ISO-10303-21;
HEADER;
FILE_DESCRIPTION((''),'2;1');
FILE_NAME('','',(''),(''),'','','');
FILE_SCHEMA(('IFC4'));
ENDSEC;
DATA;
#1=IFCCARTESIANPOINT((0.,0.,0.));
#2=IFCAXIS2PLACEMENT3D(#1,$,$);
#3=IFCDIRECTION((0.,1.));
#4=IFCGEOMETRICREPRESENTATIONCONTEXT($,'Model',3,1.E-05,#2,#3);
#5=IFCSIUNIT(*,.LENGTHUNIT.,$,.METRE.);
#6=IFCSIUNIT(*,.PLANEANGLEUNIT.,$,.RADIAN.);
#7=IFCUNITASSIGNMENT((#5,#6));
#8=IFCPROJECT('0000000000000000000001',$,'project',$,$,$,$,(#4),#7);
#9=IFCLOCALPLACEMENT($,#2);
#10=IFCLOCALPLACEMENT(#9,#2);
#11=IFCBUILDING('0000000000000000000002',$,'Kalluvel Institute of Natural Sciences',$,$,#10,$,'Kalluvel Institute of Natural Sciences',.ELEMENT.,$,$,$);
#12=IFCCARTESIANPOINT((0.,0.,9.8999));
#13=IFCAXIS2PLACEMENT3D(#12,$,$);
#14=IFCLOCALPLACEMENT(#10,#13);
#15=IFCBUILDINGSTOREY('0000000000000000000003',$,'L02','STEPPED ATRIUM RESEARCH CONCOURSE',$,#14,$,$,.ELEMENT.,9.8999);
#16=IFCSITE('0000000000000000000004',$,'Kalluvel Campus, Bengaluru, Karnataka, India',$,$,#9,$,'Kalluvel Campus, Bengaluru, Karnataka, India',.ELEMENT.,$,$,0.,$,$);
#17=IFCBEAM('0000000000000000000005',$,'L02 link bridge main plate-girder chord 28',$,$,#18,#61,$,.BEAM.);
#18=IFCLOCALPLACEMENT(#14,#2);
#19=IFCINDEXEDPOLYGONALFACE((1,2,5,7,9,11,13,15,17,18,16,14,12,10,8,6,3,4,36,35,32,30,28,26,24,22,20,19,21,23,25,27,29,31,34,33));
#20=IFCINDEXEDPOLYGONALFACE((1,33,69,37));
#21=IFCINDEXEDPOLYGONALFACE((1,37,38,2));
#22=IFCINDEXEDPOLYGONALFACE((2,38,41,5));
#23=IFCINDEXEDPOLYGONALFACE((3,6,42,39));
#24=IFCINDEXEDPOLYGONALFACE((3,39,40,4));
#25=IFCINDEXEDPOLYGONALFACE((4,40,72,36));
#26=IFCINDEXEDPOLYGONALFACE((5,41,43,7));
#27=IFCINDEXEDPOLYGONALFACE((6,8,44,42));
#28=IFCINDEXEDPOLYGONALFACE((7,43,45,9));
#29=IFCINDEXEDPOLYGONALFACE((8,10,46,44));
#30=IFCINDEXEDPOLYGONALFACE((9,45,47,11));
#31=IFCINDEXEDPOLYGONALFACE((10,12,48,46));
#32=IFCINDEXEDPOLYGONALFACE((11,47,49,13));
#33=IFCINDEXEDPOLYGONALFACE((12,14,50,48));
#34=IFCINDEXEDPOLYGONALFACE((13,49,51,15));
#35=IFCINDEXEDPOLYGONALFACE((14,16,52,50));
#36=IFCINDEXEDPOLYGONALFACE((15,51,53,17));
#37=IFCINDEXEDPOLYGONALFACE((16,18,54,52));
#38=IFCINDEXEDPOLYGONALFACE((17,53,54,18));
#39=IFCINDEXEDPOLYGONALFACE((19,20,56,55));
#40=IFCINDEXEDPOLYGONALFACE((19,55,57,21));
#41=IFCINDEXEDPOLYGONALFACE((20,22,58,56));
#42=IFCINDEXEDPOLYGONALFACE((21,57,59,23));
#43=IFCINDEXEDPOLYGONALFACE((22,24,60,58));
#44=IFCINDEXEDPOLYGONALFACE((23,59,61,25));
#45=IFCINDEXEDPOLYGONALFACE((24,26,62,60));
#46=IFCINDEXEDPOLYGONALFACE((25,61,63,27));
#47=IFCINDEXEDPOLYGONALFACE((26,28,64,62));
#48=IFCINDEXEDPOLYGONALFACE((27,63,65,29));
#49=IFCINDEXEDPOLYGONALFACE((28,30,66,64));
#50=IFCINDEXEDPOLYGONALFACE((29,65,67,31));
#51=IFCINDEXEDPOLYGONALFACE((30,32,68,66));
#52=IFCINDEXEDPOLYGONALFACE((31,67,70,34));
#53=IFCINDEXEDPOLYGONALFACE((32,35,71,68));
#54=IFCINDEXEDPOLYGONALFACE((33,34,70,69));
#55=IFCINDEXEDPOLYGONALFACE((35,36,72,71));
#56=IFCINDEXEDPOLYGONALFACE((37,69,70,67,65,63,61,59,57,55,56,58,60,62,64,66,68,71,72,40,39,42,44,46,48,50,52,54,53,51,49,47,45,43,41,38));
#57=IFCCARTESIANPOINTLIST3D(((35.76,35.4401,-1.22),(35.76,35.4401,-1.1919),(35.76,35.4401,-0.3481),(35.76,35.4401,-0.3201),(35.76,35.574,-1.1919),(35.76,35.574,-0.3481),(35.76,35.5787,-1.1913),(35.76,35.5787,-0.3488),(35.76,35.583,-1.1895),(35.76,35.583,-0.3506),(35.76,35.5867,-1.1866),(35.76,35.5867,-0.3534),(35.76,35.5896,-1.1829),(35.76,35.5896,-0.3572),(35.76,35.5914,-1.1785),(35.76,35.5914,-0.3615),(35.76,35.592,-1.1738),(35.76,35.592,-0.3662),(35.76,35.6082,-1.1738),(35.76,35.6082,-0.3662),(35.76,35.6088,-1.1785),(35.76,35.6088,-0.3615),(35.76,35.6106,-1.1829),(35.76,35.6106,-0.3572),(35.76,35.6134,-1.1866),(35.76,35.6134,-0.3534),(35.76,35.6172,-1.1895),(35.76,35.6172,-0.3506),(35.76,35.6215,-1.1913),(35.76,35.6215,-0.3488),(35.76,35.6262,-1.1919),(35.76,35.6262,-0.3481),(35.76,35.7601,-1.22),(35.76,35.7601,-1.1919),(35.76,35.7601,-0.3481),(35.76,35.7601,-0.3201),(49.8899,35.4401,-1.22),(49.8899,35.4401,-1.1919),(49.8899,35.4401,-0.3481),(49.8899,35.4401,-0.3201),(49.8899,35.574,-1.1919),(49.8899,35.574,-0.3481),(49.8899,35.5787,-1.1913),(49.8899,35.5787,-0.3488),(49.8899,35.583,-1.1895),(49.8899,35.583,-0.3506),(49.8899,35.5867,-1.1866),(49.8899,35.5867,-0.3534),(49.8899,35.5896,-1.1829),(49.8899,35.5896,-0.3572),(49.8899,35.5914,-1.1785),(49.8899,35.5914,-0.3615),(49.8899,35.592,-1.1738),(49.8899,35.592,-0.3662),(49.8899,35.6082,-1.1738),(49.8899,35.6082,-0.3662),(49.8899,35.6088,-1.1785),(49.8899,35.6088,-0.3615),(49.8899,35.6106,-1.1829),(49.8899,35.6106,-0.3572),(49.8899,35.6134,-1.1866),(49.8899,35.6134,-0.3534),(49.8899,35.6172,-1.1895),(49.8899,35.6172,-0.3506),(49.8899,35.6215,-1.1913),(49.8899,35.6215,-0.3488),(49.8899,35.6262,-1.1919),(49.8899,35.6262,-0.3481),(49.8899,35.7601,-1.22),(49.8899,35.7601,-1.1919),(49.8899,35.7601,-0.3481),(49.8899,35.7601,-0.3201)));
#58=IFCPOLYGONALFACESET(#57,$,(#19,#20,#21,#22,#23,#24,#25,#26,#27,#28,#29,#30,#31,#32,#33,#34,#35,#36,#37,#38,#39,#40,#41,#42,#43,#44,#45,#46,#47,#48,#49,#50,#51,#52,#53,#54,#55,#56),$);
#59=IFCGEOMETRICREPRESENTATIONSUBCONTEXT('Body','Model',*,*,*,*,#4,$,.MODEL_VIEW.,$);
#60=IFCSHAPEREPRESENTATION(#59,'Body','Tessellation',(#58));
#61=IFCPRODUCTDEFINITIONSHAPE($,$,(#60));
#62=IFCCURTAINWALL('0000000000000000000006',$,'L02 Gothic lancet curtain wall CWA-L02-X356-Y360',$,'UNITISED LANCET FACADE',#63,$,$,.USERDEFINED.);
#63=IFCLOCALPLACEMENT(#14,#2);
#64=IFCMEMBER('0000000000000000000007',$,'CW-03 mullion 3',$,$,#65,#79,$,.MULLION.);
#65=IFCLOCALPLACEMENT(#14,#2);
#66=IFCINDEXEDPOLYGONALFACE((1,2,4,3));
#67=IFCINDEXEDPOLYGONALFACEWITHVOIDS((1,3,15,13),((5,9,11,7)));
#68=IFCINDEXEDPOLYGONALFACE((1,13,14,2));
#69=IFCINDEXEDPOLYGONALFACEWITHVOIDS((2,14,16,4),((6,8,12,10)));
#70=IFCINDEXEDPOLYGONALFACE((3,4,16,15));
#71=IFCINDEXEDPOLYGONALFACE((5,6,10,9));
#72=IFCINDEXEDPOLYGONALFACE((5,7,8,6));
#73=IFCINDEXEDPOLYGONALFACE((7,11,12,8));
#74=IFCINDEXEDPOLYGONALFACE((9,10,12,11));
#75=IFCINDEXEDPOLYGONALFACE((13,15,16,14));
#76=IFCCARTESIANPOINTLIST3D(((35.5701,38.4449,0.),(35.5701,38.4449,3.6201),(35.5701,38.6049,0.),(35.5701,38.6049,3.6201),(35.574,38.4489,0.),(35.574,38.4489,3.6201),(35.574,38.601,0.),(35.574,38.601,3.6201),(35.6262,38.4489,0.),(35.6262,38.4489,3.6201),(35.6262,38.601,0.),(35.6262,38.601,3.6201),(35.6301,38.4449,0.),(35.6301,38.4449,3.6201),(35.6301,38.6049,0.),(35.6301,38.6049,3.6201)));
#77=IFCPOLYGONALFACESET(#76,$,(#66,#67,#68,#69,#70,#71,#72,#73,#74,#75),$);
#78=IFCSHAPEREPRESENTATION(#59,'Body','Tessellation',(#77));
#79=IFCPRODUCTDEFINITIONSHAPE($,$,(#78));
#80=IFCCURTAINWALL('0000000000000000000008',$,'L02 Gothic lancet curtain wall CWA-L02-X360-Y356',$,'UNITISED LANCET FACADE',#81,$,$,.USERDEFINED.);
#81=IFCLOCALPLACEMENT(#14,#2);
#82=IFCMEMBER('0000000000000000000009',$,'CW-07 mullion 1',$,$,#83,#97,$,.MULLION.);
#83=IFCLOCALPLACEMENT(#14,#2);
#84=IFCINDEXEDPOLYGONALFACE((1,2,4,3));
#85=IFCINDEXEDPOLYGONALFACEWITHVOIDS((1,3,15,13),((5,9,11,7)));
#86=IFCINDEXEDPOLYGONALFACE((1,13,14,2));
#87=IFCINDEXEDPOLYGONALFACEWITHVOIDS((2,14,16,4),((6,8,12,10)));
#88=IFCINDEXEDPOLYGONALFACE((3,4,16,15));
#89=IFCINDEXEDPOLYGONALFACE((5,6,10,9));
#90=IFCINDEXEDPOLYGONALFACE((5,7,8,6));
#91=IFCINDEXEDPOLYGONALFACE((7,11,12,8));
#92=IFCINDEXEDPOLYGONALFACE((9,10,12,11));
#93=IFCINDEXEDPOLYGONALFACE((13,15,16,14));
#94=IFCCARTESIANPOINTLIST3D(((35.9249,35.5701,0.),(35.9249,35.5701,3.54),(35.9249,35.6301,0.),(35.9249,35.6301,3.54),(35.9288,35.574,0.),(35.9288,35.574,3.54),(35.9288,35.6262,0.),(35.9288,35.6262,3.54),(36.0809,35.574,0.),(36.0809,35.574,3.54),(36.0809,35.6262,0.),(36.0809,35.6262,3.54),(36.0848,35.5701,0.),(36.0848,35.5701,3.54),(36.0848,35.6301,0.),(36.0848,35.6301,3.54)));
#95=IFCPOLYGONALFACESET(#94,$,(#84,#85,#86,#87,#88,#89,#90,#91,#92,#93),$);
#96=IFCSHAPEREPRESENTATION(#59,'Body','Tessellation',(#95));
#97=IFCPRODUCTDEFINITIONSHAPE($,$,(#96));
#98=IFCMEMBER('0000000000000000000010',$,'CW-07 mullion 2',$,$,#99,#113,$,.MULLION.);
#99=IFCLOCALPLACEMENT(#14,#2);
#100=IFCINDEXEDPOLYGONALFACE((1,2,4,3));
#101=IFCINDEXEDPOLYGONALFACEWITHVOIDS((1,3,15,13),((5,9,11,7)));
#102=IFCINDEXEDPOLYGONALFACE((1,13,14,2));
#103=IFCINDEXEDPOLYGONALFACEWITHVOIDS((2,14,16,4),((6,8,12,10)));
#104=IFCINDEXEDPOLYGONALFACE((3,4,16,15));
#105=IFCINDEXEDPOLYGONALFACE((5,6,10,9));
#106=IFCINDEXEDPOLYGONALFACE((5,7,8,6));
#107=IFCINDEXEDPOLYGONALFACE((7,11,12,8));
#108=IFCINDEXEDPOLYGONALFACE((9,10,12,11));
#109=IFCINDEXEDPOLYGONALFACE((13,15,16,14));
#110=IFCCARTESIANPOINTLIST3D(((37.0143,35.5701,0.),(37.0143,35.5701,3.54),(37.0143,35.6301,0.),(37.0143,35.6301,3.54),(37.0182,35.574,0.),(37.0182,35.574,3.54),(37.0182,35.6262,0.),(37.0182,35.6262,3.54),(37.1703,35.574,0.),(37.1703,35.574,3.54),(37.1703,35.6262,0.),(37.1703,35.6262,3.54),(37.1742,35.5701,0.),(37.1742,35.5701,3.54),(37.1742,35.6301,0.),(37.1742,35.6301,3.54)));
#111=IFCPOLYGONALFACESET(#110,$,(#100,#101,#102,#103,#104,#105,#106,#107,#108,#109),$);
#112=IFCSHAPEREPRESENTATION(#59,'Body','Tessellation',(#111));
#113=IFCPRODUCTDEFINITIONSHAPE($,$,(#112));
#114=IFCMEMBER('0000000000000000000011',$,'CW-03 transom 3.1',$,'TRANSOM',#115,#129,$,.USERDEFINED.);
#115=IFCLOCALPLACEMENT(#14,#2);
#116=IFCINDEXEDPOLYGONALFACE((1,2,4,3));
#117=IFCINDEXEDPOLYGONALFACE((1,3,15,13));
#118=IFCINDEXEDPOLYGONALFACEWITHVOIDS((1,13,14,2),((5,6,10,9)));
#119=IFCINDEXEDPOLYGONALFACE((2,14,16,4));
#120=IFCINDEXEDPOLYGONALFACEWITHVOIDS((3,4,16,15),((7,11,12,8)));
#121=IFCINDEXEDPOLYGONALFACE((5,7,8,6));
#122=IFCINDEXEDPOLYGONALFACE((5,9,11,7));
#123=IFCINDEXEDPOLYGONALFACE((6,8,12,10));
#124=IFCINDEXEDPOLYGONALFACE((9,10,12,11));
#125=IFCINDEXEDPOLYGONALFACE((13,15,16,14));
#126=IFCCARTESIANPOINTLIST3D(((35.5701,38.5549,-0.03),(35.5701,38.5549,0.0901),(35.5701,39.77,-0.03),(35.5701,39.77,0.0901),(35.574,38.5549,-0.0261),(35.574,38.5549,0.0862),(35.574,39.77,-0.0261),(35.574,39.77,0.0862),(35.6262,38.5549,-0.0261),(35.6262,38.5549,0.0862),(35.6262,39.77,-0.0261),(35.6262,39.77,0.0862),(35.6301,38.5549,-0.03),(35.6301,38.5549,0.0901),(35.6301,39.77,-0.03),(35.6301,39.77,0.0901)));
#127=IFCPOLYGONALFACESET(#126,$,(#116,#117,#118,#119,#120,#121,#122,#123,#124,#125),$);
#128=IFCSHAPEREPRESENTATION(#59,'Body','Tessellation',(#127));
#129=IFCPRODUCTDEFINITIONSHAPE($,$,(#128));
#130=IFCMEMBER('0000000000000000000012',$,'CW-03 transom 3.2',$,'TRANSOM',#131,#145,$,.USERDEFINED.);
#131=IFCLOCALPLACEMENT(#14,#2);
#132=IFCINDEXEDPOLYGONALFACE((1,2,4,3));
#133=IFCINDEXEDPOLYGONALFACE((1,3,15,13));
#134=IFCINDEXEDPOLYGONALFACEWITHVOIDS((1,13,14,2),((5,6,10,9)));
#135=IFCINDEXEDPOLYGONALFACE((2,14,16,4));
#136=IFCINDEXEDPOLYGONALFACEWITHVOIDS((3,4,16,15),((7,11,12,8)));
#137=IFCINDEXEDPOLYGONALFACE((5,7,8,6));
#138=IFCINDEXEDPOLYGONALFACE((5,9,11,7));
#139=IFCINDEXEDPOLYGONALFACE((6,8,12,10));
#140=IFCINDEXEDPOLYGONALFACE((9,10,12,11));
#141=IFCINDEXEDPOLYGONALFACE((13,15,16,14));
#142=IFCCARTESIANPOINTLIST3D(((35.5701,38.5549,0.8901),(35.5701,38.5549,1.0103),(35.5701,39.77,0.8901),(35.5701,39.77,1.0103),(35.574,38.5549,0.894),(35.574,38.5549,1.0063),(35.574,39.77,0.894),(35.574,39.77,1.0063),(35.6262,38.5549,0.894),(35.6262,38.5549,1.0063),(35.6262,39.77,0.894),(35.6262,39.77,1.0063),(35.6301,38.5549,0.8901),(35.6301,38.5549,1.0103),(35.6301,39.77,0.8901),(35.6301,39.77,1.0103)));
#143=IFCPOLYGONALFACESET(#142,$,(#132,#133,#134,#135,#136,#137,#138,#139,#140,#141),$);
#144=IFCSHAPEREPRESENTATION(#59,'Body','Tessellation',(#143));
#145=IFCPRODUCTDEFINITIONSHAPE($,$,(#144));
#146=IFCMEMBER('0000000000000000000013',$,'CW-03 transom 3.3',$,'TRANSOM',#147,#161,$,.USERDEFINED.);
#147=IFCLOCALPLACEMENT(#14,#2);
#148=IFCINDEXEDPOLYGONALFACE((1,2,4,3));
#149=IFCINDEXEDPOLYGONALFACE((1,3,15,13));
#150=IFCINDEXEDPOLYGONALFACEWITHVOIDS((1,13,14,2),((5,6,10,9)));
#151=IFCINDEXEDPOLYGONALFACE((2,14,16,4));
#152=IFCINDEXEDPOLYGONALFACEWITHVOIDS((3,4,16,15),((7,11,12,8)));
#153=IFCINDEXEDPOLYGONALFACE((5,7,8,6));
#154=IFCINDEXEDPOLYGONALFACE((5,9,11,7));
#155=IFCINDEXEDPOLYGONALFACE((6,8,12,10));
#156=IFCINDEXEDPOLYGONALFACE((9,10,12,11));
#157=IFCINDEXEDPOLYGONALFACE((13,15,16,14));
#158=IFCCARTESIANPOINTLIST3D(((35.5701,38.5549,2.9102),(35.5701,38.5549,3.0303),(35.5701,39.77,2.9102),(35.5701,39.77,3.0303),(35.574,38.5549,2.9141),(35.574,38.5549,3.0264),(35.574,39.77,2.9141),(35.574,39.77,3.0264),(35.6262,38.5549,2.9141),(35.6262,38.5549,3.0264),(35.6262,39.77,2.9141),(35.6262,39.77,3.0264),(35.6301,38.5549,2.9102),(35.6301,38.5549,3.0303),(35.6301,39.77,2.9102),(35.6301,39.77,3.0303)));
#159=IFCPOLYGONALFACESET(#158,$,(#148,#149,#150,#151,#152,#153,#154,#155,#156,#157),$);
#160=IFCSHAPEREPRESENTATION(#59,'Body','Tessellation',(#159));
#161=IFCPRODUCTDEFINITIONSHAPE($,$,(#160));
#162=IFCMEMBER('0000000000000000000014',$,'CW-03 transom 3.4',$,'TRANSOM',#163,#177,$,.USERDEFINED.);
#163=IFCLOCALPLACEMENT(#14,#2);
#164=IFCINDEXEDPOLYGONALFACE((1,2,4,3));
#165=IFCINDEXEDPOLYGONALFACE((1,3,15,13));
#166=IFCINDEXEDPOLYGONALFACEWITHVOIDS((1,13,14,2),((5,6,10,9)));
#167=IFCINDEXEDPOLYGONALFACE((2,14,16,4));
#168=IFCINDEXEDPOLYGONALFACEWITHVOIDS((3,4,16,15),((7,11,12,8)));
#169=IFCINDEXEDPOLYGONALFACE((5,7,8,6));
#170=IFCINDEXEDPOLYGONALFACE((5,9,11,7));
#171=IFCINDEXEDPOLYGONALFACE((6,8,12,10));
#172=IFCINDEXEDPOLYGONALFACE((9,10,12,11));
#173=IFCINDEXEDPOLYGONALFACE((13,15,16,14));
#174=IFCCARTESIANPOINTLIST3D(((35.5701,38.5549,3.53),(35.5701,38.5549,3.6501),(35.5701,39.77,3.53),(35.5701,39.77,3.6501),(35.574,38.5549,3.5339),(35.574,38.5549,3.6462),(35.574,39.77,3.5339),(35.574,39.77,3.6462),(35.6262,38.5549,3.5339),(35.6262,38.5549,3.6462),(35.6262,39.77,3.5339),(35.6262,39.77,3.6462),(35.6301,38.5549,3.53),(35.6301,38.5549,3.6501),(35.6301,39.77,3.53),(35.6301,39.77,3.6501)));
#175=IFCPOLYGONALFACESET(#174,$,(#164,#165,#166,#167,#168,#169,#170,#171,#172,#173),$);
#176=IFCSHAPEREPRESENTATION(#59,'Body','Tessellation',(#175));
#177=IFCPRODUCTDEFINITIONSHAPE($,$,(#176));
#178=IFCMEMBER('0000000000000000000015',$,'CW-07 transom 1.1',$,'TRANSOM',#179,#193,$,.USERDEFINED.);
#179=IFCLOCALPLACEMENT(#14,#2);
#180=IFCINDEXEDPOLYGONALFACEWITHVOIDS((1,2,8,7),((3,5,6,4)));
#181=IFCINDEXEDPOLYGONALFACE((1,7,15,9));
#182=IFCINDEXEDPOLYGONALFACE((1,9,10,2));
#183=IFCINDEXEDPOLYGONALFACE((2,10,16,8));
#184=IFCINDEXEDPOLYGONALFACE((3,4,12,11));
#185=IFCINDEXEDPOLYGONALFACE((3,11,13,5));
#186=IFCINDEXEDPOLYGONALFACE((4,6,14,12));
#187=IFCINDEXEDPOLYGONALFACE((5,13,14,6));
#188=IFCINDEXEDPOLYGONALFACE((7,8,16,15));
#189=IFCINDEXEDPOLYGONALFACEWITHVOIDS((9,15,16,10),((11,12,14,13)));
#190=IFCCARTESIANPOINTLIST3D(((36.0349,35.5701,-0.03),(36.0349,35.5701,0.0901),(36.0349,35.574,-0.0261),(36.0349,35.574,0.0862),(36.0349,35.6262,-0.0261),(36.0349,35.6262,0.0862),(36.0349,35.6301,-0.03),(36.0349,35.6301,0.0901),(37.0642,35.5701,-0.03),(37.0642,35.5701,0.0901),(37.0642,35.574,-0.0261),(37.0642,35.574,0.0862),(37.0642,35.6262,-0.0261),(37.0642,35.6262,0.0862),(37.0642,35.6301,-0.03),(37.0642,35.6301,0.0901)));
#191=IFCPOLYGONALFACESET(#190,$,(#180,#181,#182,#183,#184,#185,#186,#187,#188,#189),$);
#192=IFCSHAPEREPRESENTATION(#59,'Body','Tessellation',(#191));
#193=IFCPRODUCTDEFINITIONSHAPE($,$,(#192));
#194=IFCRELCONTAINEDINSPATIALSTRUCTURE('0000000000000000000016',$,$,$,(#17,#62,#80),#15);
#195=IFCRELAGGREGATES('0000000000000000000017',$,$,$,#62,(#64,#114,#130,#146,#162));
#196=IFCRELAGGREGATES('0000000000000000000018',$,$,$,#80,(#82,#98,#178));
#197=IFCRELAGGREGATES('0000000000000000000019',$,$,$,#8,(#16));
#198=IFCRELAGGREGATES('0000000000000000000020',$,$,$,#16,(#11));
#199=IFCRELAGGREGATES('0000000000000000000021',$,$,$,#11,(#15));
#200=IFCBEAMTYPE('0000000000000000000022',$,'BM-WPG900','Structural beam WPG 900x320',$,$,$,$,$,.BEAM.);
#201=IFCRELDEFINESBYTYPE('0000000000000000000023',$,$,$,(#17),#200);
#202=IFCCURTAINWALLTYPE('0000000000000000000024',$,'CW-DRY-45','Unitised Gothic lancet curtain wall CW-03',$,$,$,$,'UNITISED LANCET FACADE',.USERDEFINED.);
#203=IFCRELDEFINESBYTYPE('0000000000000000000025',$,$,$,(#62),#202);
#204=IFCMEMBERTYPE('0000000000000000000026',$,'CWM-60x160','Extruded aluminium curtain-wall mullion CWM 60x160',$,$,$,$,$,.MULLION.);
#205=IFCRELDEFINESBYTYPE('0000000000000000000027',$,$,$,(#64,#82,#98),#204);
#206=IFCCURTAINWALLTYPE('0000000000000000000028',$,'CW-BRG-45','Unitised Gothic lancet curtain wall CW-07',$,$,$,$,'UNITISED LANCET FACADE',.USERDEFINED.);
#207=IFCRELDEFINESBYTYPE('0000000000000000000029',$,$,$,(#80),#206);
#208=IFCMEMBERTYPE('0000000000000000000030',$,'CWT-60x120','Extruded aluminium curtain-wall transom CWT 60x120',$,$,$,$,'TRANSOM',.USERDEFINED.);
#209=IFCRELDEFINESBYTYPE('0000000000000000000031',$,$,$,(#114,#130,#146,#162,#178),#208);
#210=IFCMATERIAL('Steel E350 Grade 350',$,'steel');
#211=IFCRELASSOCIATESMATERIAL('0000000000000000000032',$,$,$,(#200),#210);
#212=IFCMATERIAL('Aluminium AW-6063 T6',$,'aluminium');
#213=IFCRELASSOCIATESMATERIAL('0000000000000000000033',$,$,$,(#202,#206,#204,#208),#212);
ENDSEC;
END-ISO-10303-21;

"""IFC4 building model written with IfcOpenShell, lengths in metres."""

from ifc_helpers import new_model, si_unit, direction, frame, origin, origin_2d, place, context, subcontext, project, spatial, hollow_rectangle, i_section, extrude, material, material_profile, profile_set, type_object, element, aggregate, save


model = new_model("IFC4")

# Units and contexts
model_context = context("Model", 3, precision=1e-05, world=origin(), true_north=direction((0.0, 1.0)))
body_context = subcontext(model_context, "Body", "Model", "MODEL_VIEW")
ifc_project = project(units=[si_unit("LENGTHUNIT", "METRE"), si_unit("PLANEANGLEUNIT", "RADIAN")], contexts=[model_context])

# Site, building, storey
site_placement = place(None, origin())
site = spatial("IfcSite", under=ifc_project, at=site_placement, Name="Kalluvel Campus, Bengaluru, Karnataka, India", LongName="Kalluvel Campus, Bengaluru, Karnataka, India", CompositionType="ELEMENT", RefElevation=0.0)
building_placement = place(site_placement, origin())
building = spatial("IfcBuilding", under=site, at=building_placement, Name="Kalluvel Institute of Natural Sciences", LongName="Kalluvel Institute of Natural Sciences", CompositionType="ELEMENT")
storey_placement = place(building_placement, frame((0.0, 0.0, 9.8999)))
storey = spatial("IfcBuildingStorey", under=building, at=storey_placement, Name="L02", Description="STEPPED ATRIUM RESEARCH CONCOURSE", CompositionType="ELEMENT", Elevation=9.8999)

# Beam
ifc_material_1 = material(Name="Steel E350 Grade 350", Category="steel")
ifc_material_profile_1 = material_profile(ifc_material_1, i_section(OverallWidth=0.3201, OverallDepth=0.8999, WebThickness=0.0161, FlangeThickness=0.0281, FilletRadius=0.0181, at=origin_2d()), Name="WPG 900x320")
ifc_profile_set_1 = profile_set([ifc_material_profile_1], Name="Steel E350 Grade 350")
beam_type = type_object("IfcBeamType", Name="BM-WPG900", Description="Structural beam WPG 900x320", PredefinedType="BEAM", material=ifc_profile_set_1)
beam_placement = place(storey_placement, frame((35.76, 35.6001, -0.77), z_axis=(1.0, 0.0, 0.0), x_axis=(0.0, 1.0, 0.0)))
element("IfcBeam", 1, at=beam_placement, inside=storey, type_object=beam_type, Name="L02 link bridge main plate-girder chord 28", PredefinedType="BEAM", context=body_context, shape_type="SweptSolid", body=[
    extrude(i_section(OverallWidth=0.3201, OverallDepth=0.8999, WebThickness=0.0161, FlangeThickness=0.0281, FilletRadius=0.0181, at=origin_2d()), origin(), (0.0, 0.0, 1.0), 14.1299),
])

# Curtain wall, member
ifc_material_2 = material(Name="Aluminium AW-6063 T6", Category="aluminium")
curtain_wall_type_1 = type_object("IfcCurtainWallType", Name="CW-DRY-45", Description="Unitised Gothic lancet curtain wall CW-03", ElementType="UNITISED LANCET FACADE", PredefinedType="USERDEFINED", material=ifc_material_2)
curtain_wall_1_placement = place(storey_placement, origin())
curtain_wall_1 = element("IfcCurtainWall", 2, at=curtain_wall_1_placement, inside=storey, type_object=curtain_wall_type_1, Name="L02 Gothic lancet curtain wall CWA-L02-X356-Y360", ObjectType="UNITISED LANCET FACADE", PredefinedType="USERDEFINED")
ifc_material_profile_2 = material_profile(ifc_material_2, hollow_rectangle(XDim=0.0601, YDim=0.1599, WallThickness=0.0039, at=origin_2d()), Name="CWM 60x160")
ifc_profile_set_2 = profile_set([ifc_material_profile_2], Name="Aluminium AW-6063 T6")
member_type_1 = type_object("IfcMemberType", Name="CWM-60x160", Description="Extruded aluminium curtain-wall mullion CWM 60x160", PredefinedType="MULLION", material=ifc_profile_set_2)
member_1_placement = place(storey_placement, frame((35.6001, 38.5249, 0.0), z_axis=(0.0, 0.0, 1.0), x_axis=(-1.0, 0.0, 0.0)))
member_1 = element("IfcMember", 3, at=member_1_placement, type_object=member_type_1, Name="CW-03 mullion 3", PredefinedType="MULLION", context=body_context, shape_type="SweptSolid", body=[
    extrude(hollow_rectangle(XDim=0.0601, YDim=0.1599, WallThickness=0.0039, at=origin_2d()), origin(), (0.0, 0.0, 1.0), 3.6201),
])

# Curtain wall, members
curtain_wall_type_2 = type_object("IfcCurtainWallType", Name="CW-BRG-45", Description="Unitised Gothic lancet curtain wall CW-07", ElementType="UNITISED LANCET FACADE", PredefinedType="USERDEFINED", material=ifc_material_2)
curtain_wall_2_placement = place(storey_placement, origin())
curtain_wall_2 = element("IfcCurtainWall", 4, at=curtain_wall_2_placement, inside=storey, type_object=curtain_wall_type_2, Name="L02 Gothic lancet curtain wall CWA-L02-X360-Y356", ObjectType="UNITISED LANCET FACADE", PredefinedType="USERDEFINED")
member_2_placement = place(storey_placement, frame((36.0049, 35.6001, 0.0), z_axis=(0.0, 0.0, 1.0), x_axis=(0.0, 1.0, 0.0)))
member_2 = element("IfcMember", 5, at=member_2_placement, type_object=member_type_1, Name="CW-07 mullion 1", PredefinedType="MULLION", context=body_context, shape_type="SweptSolid", body=[
    extrude(hollow_rectangle(XDim=0.0601, YDim=0.1599, WallThickness=0.0039, at=origin_2d()), origin(), (0.0, 0.0, 1.0), 3.54),
])
member_3_placement = place(storey_placement, frame((37.0942, 35.6001, 0.0), z_axis=(0.0, 0.0, 1.0), x_axis=(0.0, 1.0, 0.0)))
member_3 = element("IfcMember", 6, at=member_3_placement, type_object=member_type_1, Name="CW-07 mullion 2", PredefinedType="MULLION", context=body_context, shape_type="SweptSolid", body=[
    extrude(hollow_rectangle(XDim=0.0601, YDim=0.1599, WallThickness=0.0039, at=origin_2d()), origin(), (0.0, 0.0, 1.0), 3.54),
])

# Members
ifc_material_profile_3 = material_profile(ifc_material_2, hollow_rectangle(XDim=0.0601, YDim=0.1201, WallThickness=0.0039, at=origin_2d()), Name="CWT 60x120")
ifc_profile_set_3 = profile_set([ifc_material_profile_3], Name="Aluminium AW-6063 T6")
member_type_2 = type_object("IfcMemberType", Name="CWT-60x120", Description="Extruded aluminium curtain-wall transom CWT 60x120", ElementType="TRANSOM", PredefinedType="USERDEFINED", material=ifc_profile_set_3)
member_4_placement = place(storey_placement, frame((35.6001, 38.5549, 0.03), z_axis=(0.0, 1.0, 0.0), x_axis=(-1.0, 0.0, 0.0)))
member_4 = element("IfcMember", 7, at=member_4_placement, type_object=member_type_2, Name="CW-03 transom 3.1", ObjectType="TRANSOM", PredefinedType="USERDEFINED", context=body_context, shape_type="SweptSolid", body=[
    extrude(hollow_rectangle(XDim=0.0601, YDim=0.1201, WallThickness=0.0039, at=origin_2d()), origin(), (0.0, 0.0, 1.0), 1.2151),
])
member_5_placement = place(storey_placement, frame((35.6001, 38.5549, 0.9502), z_axis=(0.0, 1.0, 0.0), x_axis=(-1.0, 0.0, 0.0)))
member_5 = element("IfcMember", 8, at=member_5_placement, type_object=member_type_2, Name="CW-03 transom 3.2", ObjectType="TRANSOM", PredefinedType="USERDEFINED", context=body_context, shape_type="SweptSolid", body=[
    extrude(hollow_rectangle(XDim=0.0601, YDim=0.1201, WallThickness=0.0039, at=origin_2d()), origin(), (0.0, 0.0, 1.0), 1.2151),
])
member_6_placement = place(storey_placement, frame((35.6001, 38.5549, 2.9702), z_axis=(0.0, 1.0, 0.0), x_axis=(-1.0, 0.0, 0.0)))
member_6 = element("IfcMember", 9, at=member_6_placement, type_object=member_type_2, Name="CW-03 transom 3.3", ObjectType="TRANSOM", PredefinedType="USERDEFINED", context=body_context, shape_type="SweptSolid", body=[
    extrude(hollow_rectangle(XDim=0.0601, YDim=0.1201, WallThickness=0.0039, at=origin_2d()), origin(), (0.0, 0.0, 1.0), 1.2151),
])
member_7_placement = place(storey_placement, frame((35.6001, 38.5549, 3.5901), z_axis=(0.0, 1.0, 0.0), x_axis=(-1.0, 0.0, 0.0)))
member_7 = element("IfcMember", 10, at=member_7_placement, type_object=member_type_2, Name="CW-03 transom 3.4", ObjectType="TRANSOM", PredefinedType="USERDEFINED", context=body_context, shape_type="SweptSolid", body=[
    extrude(hollow_rectangle(XDim=0.0601, YDim=0.1201, WallThickness=0.0039, at=origin_2d()), origin(), (0.0, 0.0, 1.0), 1.2151),
])
member_8_placement = place(storey_placement, frame((36.0349, 35.6001, 0.03), z_axis=(1.0, 0.0, 0.0), x_axis=(0.0, 1.0, 0.0)))
member_8 = element("IfcMember", 11, at=member_8_placement, type_object=member_type_2, Name="CW-07 transom 1.1", ObjectType="TRANSOM", PredefinedType="USERDEFINED", context=body_context, shape_type="SweptSolid", body=[
    extrude(hollow_rectangle(XDim=0.0601, YDim=0.1201, WallThickness=0.0039, at=origin_2d()), origin(), (0.0, 0.0, 1.0), 1.0293),
])

aggregate(curtain_wall_1, [member_1, member_4, member_5, member_6, member_7])
aggregate(curtain_wall_2, [member_2, member_3, member_8])

save(model, "model.ifc")
